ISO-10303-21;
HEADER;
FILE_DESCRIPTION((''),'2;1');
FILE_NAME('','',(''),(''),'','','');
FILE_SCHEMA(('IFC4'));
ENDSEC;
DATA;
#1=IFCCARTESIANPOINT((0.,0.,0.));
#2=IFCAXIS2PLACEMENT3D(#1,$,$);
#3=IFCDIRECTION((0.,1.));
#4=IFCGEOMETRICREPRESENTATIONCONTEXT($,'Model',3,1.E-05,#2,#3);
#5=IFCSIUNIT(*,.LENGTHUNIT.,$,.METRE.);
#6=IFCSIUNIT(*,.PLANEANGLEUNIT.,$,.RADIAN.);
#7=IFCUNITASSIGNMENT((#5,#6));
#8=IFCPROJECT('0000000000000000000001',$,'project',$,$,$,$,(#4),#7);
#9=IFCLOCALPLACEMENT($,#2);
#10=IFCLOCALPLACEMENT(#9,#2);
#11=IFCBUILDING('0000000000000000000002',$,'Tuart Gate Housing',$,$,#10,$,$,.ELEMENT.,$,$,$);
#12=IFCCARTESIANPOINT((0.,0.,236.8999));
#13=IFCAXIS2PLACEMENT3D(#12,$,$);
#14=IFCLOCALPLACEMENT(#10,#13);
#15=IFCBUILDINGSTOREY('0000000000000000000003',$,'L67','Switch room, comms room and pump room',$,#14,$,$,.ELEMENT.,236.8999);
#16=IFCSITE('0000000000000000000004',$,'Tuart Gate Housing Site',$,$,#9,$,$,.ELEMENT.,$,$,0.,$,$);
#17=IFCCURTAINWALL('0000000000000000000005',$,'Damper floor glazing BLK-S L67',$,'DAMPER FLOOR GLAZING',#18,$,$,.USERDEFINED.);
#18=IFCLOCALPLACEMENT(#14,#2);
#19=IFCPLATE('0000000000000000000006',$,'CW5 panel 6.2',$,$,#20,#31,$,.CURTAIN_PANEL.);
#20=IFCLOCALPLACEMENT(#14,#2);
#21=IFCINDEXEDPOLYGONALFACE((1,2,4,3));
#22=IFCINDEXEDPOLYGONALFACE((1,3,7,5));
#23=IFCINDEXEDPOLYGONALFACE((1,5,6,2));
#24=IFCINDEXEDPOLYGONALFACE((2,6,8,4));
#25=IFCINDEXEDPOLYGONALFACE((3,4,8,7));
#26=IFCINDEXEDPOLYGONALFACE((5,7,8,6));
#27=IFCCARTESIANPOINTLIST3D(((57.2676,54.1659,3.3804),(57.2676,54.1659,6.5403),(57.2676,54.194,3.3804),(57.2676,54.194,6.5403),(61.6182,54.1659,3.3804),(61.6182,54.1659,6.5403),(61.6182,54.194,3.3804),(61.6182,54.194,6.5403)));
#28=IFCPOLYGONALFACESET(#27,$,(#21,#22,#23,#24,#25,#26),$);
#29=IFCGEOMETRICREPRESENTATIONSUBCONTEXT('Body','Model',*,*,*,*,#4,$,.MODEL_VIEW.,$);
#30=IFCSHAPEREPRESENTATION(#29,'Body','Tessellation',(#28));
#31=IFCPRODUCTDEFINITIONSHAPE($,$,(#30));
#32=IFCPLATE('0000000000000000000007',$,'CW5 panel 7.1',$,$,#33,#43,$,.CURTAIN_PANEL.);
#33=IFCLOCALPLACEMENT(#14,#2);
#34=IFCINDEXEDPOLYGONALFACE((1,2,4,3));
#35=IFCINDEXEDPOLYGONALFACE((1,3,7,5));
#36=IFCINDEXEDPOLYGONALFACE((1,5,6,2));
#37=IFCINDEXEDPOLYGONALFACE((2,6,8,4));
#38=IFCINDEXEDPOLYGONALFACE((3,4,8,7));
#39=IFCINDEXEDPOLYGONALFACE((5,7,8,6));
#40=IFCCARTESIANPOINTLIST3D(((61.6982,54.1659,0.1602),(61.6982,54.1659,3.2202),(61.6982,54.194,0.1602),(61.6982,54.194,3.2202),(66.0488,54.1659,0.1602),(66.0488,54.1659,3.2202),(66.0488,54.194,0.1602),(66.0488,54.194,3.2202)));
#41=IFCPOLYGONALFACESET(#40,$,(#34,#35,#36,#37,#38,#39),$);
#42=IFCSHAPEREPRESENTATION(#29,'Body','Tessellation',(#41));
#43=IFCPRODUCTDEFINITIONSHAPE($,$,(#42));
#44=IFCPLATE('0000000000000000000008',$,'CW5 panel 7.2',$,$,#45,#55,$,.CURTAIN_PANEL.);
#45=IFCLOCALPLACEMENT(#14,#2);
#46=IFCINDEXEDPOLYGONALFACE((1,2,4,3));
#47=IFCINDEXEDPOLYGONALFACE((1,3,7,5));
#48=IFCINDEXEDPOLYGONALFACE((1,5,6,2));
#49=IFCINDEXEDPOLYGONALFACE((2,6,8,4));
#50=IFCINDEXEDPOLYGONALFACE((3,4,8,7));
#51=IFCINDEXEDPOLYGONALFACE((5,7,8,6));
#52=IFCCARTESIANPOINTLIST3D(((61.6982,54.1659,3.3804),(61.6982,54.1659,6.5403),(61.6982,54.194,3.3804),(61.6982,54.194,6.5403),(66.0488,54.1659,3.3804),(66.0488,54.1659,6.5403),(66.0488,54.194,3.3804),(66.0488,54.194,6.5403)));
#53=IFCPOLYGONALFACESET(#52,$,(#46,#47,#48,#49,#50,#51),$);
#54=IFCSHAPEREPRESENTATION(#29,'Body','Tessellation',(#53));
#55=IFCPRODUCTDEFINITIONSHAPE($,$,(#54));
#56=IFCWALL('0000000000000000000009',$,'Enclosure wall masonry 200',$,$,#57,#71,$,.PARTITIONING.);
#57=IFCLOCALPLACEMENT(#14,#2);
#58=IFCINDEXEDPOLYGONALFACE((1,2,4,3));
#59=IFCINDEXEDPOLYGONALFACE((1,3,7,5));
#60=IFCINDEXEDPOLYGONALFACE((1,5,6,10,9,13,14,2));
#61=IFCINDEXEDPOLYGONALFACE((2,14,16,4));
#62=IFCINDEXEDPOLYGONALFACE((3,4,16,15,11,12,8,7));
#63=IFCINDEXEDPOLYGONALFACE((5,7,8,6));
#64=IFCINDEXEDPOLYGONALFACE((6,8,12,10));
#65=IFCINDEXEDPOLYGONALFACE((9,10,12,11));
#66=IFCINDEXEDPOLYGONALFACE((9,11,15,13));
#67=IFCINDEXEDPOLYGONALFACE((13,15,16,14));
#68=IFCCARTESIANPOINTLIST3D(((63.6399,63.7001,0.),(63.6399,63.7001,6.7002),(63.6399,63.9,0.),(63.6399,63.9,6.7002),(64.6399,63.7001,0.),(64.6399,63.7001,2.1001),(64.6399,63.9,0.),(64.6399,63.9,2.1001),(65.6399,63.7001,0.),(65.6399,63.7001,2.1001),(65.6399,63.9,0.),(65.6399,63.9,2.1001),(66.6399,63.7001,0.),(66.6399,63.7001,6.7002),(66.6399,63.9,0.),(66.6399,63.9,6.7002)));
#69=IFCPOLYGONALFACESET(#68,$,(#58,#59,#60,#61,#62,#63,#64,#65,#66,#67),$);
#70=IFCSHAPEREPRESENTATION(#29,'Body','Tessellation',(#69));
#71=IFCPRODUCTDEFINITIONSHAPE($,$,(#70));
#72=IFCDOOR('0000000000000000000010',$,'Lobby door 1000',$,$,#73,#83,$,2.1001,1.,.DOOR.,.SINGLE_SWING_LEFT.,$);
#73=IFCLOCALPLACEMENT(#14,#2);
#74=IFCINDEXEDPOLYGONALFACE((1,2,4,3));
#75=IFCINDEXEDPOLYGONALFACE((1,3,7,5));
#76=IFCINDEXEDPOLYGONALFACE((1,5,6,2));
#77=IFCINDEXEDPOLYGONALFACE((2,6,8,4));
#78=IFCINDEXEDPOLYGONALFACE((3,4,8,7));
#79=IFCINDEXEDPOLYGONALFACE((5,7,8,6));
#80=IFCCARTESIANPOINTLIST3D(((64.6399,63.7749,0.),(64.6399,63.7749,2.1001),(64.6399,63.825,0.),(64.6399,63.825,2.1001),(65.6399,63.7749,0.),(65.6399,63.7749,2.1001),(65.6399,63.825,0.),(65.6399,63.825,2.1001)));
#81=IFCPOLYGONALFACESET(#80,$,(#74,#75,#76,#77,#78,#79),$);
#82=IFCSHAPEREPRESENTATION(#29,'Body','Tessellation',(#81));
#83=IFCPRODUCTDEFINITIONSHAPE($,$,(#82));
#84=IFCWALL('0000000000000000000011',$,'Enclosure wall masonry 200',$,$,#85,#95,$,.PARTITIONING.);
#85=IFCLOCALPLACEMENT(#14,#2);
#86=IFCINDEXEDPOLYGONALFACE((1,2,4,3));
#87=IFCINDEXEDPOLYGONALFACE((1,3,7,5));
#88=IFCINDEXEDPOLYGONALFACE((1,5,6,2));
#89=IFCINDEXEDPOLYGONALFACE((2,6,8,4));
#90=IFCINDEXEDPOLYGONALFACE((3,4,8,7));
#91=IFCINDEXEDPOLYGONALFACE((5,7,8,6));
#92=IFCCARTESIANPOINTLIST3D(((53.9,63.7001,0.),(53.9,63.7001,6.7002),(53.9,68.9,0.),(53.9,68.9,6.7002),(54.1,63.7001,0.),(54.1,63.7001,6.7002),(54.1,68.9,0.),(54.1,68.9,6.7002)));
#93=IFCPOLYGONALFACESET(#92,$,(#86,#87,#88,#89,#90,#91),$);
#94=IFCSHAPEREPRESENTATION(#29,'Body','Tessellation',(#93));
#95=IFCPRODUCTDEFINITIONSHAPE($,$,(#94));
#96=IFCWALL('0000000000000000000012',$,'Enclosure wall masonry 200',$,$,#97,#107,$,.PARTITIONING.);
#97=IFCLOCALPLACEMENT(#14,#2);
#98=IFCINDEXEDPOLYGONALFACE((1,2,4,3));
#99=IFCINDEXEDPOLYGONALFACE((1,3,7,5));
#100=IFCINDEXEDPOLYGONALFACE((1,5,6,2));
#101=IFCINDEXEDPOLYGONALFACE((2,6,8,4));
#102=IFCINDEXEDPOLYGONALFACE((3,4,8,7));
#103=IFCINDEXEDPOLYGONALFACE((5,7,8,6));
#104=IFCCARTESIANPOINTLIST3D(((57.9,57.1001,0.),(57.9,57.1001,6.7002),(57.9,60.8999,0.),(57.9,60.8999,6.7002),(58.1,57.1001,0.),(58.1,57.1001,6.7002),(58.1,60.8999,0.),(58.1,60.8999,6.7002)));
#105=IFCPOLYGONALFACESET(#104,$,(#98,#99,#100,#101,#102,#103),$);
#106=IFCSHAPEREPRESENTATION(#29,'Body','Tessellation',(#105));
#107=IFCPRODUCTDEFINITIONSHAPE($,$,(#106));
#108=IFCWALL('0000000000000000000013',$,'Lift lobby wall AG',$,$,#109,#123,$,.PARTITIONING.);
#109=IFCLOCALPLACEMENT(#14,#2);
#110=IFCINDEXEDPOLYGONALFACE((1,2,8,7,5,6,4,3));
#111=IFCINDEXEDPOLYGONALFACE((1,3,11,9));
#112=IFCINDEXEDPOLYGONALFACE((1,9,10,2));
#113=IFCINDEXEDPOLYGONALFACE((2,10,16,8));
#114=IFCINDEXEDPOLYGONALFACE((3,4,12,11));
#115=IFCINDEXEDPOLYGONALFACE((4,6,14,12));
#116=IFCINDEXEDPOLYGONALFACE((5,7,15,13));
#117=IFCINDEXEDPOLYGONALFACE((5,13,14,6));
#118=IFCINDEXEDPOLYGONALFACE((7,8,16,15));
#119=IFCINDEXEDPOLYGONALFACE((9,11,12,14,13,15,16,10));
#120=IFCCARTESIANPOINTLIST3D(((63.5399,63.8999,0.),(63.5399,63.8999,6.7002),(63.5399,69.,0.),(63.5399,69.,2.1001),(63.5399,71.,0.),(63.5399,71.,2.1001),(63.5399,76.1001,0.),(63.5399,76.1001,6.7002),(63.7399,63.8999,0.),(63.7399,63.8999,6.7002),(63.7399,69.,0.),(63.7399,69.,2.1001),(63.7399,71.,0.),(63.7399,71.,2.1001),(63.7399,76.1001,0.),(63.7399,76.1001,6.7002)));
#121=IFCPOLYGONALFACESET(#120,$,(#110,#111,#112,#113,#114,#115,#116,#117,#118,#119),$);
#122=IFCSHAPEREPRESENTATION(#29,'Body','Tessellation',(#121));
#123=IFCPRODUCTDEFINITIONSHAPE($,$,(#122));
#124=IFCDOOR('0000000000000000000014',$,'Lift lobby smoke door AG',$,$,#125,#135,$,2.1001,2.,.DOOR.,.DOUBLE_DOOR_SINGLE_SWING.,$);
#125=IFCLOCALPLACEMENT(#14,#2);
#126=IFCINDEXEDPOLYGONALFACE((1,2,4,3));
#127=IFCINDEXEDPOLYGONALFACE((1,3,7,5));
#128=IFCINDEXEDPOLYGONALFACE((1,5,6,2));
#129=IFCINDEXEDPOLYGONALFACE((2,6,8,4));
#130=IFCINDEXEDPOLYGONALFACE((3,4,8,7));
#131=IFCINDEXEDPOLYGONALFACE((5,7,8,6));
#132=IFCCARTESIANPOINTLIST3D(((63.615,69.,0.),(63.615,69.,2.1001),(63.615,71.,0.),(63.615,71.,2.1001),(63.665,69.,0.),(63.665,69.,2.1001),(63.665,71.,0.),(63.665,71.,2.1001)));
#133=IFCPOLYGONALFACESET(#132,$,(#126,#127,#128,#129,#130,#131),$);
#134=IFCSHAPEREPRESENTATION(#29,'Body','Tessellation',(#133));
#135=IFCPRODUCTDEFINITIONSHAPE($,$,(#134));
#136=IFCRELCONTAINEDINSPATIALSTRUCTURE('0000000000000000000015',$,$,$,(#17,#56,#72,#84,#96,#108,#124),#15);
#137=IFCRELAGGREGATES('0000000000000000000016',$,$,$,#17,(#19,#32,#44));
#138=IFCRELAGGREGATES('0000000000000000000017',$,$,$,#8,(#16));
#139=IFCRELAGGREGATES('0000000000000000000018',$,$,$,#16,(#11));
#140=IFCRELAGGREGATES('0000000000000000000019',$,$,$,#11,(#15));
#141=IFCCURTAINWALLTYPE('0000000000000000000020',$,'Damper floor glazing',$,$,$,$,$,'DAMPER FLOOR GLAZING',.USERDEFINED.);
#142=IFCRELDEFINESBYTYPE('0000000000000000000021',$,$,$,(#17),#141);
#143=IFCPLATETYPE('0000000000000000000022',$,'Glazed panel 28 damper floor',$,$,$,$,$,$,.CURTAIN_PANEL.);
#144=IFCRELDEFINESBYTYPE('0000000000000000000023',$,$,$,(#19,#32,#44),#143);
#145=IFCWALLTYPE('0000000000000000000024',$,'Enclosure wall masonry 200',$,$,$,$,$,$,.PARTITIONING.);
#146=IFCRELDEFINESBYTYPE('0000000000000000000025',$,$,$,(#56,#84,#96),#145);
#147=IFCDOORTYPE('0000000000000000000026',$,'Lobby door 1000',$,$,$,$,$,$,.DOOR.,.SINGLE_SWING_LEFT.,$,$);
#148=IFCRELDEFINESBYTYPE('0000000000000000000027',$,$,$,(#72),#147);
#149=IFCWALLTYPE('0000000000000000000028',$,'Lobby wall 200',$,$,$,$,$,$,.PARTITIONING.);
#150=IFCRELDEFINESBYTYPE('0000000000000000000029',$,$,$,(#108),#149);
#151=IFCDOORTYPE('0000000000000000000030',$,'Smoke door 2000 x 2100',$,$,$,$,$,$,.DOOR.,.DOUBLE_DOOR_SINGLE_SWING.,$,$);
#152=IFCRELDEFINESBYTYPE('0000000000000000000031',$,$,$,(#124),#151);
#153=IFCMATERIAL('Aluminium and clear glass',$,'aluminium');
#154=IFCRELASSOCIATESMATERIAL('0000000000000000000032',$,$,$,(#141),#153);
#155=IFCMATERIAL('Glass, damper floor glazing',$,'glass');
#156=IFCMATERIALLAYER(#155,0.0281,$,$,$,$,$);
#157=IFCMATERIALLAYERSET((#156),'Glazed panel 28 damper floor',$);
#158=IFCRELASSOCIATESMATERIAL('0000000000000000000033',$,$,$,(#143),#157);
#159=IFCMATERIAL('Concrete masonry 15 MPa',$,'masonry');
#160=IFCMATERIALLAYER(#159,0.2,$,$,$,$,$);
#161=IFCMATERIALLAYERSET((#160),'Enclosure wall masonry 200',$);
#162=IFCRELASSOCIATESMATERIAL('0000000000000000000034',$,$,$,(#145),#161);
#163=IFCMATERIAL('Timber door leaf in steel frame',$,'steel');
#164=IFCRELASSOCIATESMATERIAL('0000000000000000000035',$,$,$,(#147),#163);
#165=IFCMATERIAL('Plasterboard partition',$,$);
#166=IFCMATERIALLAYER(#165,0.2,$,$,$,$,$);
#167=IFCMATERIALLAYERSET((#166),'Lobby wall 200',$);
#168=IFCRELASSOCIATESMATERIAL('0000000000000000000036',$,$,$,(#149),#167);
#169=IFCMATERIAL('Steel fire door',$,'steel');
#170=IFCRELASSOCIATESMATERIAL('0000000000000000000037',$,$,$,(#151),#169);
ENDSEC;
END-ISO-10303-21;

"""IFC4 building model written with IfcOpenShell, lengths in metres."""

from ifc_helpers import new_model, si_unit, direction, frame, frame_2d, origin, origin_2d, place, context, subcontext, project, spatial, rectangle, extrude, material, layer, layer_set, type_object, element, fill, aggregate, save


model = new_model("IFC4")

# Units and contexts
model_context = context("Model", 3, precision=1e-05, world=origin(), true_north=direction((0.0, 1.0)))
body_context = subcontext(model_context, "Body", "Model", "MODEL_VIEW")
ifc_project = project(units=[si_unit("LENGTHUNIT", "METRE"), si_unit("PLANEANGLEUNIT", "RADIAN")], contexts=[model_context])

# Site, building, storey
site_placement = place(None, origin())
site = spatial("IfcSite", under=ifc_project, at=site_placement, Name="Tuart Gate Housing Site", CompositionType="ELEMENT", RefElevation=0.0)
building_placement = place(site_placement, origin())
building = spatial("IfcBuilding", under=site, at=building_placement, Name="Tuart Gate Housing", CompositionType="ELEMENT")
storey_placement = place(building_placement, frame((0.0, 0.0, 236.8999)))
storey = spatial("IfcBuildingStorey", under=building, at=storey_placement, Name="L67", Description="Switch room, comms room and pump room", CompositionType="ELEMENT", Elevation=236.8999)

# Curtain wall, plates
ifc_material_1 = material(Name="Aluminium and clear glass", Category="aluminium")
curtain_wall_type = type_object("IfcCurtainWallType", Name="Damper floor glazing", ElementType="DAMPER FLOOR GLAZING", PredefinedType="USERDEFINED", material=ifc_material_1)
curtain_wall_placement = place(storey_placement, origin())
curtain_wall = element("IfcCurtainWall", 1, at=curtain_wall_placement, inside=storey, type_object=curtain_wall_type, Name="Damper floor glazing BLK-S L67", ObjectType="DAMPER FLOOR GLAZING", PredefinedType="USERDEFINED")
ifc_material_2 = material(Name="Glass, damper floor glazing", Category="glass")
ifc_layer_1 = layer(ifc_material_2, 0.0281)
ifc_layer_set_1 = layer_set([ifc_layer_1], Name="Glazed panel 28 damper floor")
plate_type = type_object("IfcPlateType", Name="Glazed panel 28 damper floor", PredefinedType="CURTAIN_PANEL", material=ifc_layer_set_1)
plate_1_placement = place(storey_placement, frame((59.4429, 54.1799, 3.3804), z_axis=(0.0, 0.0, 1.0), x_axis=(1.0, 0.0, 0.0)))
plate_1 = element("IfcPlate", 2, at=plate_1_placement, type_object=plate_type, Name="CW5 panel 6.2", PredefinedType="CURTAIN_PANEL", context=body_context, shape_type="SweptSolid", body=[
    extrude(rectangle(XDim=4.3506, YDim=0.0281, at=origin_2d()), origin(), (0.0, 0.0, 1.0), 3.1599),
])
plate_2_placement = place(storey_placement, frame((63.8735, 54.1799, 0.1602), z_axis=(0.0, 0.0, 1.0), x_axis=(1.0, 0.0, 0.0)))
plate_2 = element("IfcPlate", 3, at=plate_2_placement, type_object=plate_type, Name="CW5 panel 7.1", PredefinedType="CURTAIN_PANEL", context=body_context, shape_type="SweptSolid", body=[
    extrude(rectangle(XDim=4.3506, YDim=0.0281, at=origin_2d()), origin(), (0.0, 0.0, 1.0), 3.0601),
])
plate_3_placement = place(storey_placement, frame((63.8735, 54.1799, 3.3804), z_axis=(0.0, 0.0, 1.0), x_axis=(1.0, 0.0, 0.0)))
plate_3 = element("IfcPlate", 4, at=plate_3_placement, type_object=plate_type, Name="CW5 panel 7.2", PredefinedType="CURTAIN_PANEL", context=body_context, shape_type="SweptSolid", body=[
    extrude(rectangle(XDim=4.3506, YDim=0.0281, at=origin_2d()), origin(), (0.0, 0.0, 1.0), 3.1599),
])
aggregate(curtain_wall, [plate_1, plate_2, plate_3])

# Wall, opening, door
ifc_material_3 = material(Name="Concrete masonry 15 MPa", Category="masonry")
ifc_layer_2 = layer(ifc_material_3, 0.2)
ifc_layer_set_2 = layer_set([ifc_layer_2], Name="Enclosure wall masonry 200")
wall_type_1 = type_object("IfcWallType", Name="Enclosure wall masonry 200", PredefinedType="PARTITIONING", material=ifc_layer_set_2)
wall_1_placement = place(storey_placement, frame((63.6399, 63.8, 0.0), z_axis=(0.0, 0.0, 1.0), x_axis=(1.0, 0.0, 0.0)))
wall_1 = element("IfcWall", 5, at=wall_1_placement, inside=storey, type_object=wall_type_1, Name="Enclosure wall masonry 200", PredefinedType="PARTITIONING", context=body_context, shape_type="SweptSolid", body=[
    extrude(rectangle(XDim=3.0, YDim=0.2, at=frame_2d((1.5, 0.0))), origin(), (0.0, 0.0, 1.0), 6.7002),
])
opening_1_placement = place(wall_1_placement, frame((1.0, 0.0, 0.0)))
opening_1 = element("IfcOpeningElement", 6, at=opening_1_placement, cuts=wall_1, PredefinedType="OPENING", context=body_context, shape_type="SweptSolid", body=[
    extrude(rectangle(XDim=1.0, YDim=2.1001, at=frame_2d((0.5, 1.05))), frame((0.0, 0.1099, 0.0), z_axis=(0.0, -1.0, 0.0), x_axis=(1.0, 0.0, 0.0)), (0.0, 0.0, 1.0), 0.22),
])
ifc_material_4 = material(Name="Timber door leaf in steel frame", Category="steel")
door_type_1 = type_object("IfcDoorType", Name="Lobby door 1000", OperationType="SINGLE_SWING_LEFT", PredefinedType="DOOR", material=ifc_material_4)
door_1_placement = place(opening_1_placement, origin())
door_1 = element("IfcDoor", 7, at=door_1_placement, inside=storey, type_object=door_type_1, Name="Lobby door 1000", OperationType="SINGLE_SWING_LEFT", OverallHeight=2.1001, OverallWidth=1.0, PredefinedType="DOOR", context=body_context, shape_type="SweptSolid", body=[
    extrude(rectangle(XDim=1.0, YDim=2.1001, at=frame_2d((0.5, 1.05))), frame((0.0, 0.0249, 0.0), z_axis=(0.0, -1.0, 0.0), x_axis=(1.0, 0.0, 0.0)), (0.0, 0.0, 1.0), 0.05),
])
fill(opening_1, door_1)

# Walls
wall_2_placement = place(storey_placement, frame((54.0, 63.7, 0.0), z_axis=(0.0, 0.0, 1.0), x_axis=(0.0, 1.0, 0.0)))
element("IfcWall", 8, at=wall_2_placement, inside=storey, type_object=wall_type_1, Name="Enclosure wall masonry 200", PredefinedType="PARTITIONING", context=body_context, shape_type="SweptSolid", body=[
    extrude(rectangle(XDim=5.2, YDim=0.2, at=frame_2d((2.6001, 0.0))), origin(), (0.0, 0.0, 1.0), 6.7002),
])
wall_3_placement = place(storey_placement, frame((58.0, 57.1001, 0.0), z_axis=(0.0, 0.0, 1.0), x_axis=(0.0, 1.0, 0.0)))
element("IfcWall", 9, at=wall_3_placement, inside=storey, type_object=wall_type_1, Name="Enclosure wall masonry 200", PredefinedType="PARTITIONING", context=body_context, shape_type="SweptSolid", body=[
    extrude(rectangle(XDim=3.7998, YDim=0.2, at=frame_2d((1.8999, 0.0))), origin(), (0.0, 0.0, 1.0), 6.7002),
])

# Wall, opening, door
ifc_material_5 = material(Name="Plasterboard partition")
ifc_layer_3 = layer(ifc_material_5, 0.2)
ifc_layer_set_3 = layer_set([ifc_layer_3], Name="Lobby wall 200")
wall_type_2 = type_object("IfcWallType", Name="Lobby wall 200", PredefinedType="PARTITIONING", material=ifc_layer_set_3)
wall_4_placement = place(storey_placement, frame((63.6399, 63.8999, 0.0), z_axis=(0.0, 0.0, 1.0), x_axis=(0.0, 1.0, 0.0)))
wall_4 = element("IfcWall", 10, at=wall_4_placement, inside=storey, type_object=wall_type_2, Name="Lift lobby wall AG", PredefinedType="PARTITIONING", context=body_context, shape_type="SweptSolid", body=[
    extrude(rectangle(XDim=12.2002, YDim=0.2, at=frame_2d((6.1001, 0.0))), origin(), (0.0, 0.0, 1.0), 6.7002),
])
opening_2_placement = place(wall_4_placement, frame((5.1001, 0.0, 0.0)))
opening_2 = element("IfcOpeningElement", 11, at=opening_2_placement, cuts=wall_4, PredefinedType="OPENING", context=body_context, shape_type="SweptSolid", body=[
    extrude(rectangle(XDim=2.0, YDim=2.1001, at=frame_2d((1.0, 1.05))), frame((0.0, 0.1099, 0.0), z_axis=(0.0, -1.0, 0.0), x_axis=(1.0, 0.0, 0.0)), (0.0, 0.0, 1.0), 0.22),
])
ifc_material_6 = material(Name="Steel fire door", Category="steel")
door_type_2 = type_object("IfcDoorType", Name="Smoke door 2000 x 2100", OperationType="DOUBLE_DOOR_SINGLE_SWING", PredefinedType="DOOR", material=ifc_material_6)
door_2_placement = place(opening_2_placement, frame((2.0, 0.0, 0.0), z_axis=(0.0, 0.0, 1.0), x_axis=(-1.0, 0.0, 0.0)))
door_2 = element("IfcDoor", 12, at=door_2_placement, inside=storey, type_object=door_type_2, Name="Lift lobby smoke door AG", OperationType="DOUBLE_DOOR_SINGLE_SWING", OverallHeight=2.1001, OverallWidth=2.0, PredefinedType="DOOR", context=body_context, shape_type="SweptSolid", body=[
    extrude(rectangle(XDim=2.0, YDim=2.1001, at=frame_2d((1.0, 1.05))), frame((0.0, 0.0251, 0.0), z_axis=(0.0, -1.0, 0.0), x_axis=(1.0, 0.0, 0.0)), (0.0, 0.0, 1.0), 0.05),
])
fill(opening_2, door_2)

save(model, "model.ifc")
